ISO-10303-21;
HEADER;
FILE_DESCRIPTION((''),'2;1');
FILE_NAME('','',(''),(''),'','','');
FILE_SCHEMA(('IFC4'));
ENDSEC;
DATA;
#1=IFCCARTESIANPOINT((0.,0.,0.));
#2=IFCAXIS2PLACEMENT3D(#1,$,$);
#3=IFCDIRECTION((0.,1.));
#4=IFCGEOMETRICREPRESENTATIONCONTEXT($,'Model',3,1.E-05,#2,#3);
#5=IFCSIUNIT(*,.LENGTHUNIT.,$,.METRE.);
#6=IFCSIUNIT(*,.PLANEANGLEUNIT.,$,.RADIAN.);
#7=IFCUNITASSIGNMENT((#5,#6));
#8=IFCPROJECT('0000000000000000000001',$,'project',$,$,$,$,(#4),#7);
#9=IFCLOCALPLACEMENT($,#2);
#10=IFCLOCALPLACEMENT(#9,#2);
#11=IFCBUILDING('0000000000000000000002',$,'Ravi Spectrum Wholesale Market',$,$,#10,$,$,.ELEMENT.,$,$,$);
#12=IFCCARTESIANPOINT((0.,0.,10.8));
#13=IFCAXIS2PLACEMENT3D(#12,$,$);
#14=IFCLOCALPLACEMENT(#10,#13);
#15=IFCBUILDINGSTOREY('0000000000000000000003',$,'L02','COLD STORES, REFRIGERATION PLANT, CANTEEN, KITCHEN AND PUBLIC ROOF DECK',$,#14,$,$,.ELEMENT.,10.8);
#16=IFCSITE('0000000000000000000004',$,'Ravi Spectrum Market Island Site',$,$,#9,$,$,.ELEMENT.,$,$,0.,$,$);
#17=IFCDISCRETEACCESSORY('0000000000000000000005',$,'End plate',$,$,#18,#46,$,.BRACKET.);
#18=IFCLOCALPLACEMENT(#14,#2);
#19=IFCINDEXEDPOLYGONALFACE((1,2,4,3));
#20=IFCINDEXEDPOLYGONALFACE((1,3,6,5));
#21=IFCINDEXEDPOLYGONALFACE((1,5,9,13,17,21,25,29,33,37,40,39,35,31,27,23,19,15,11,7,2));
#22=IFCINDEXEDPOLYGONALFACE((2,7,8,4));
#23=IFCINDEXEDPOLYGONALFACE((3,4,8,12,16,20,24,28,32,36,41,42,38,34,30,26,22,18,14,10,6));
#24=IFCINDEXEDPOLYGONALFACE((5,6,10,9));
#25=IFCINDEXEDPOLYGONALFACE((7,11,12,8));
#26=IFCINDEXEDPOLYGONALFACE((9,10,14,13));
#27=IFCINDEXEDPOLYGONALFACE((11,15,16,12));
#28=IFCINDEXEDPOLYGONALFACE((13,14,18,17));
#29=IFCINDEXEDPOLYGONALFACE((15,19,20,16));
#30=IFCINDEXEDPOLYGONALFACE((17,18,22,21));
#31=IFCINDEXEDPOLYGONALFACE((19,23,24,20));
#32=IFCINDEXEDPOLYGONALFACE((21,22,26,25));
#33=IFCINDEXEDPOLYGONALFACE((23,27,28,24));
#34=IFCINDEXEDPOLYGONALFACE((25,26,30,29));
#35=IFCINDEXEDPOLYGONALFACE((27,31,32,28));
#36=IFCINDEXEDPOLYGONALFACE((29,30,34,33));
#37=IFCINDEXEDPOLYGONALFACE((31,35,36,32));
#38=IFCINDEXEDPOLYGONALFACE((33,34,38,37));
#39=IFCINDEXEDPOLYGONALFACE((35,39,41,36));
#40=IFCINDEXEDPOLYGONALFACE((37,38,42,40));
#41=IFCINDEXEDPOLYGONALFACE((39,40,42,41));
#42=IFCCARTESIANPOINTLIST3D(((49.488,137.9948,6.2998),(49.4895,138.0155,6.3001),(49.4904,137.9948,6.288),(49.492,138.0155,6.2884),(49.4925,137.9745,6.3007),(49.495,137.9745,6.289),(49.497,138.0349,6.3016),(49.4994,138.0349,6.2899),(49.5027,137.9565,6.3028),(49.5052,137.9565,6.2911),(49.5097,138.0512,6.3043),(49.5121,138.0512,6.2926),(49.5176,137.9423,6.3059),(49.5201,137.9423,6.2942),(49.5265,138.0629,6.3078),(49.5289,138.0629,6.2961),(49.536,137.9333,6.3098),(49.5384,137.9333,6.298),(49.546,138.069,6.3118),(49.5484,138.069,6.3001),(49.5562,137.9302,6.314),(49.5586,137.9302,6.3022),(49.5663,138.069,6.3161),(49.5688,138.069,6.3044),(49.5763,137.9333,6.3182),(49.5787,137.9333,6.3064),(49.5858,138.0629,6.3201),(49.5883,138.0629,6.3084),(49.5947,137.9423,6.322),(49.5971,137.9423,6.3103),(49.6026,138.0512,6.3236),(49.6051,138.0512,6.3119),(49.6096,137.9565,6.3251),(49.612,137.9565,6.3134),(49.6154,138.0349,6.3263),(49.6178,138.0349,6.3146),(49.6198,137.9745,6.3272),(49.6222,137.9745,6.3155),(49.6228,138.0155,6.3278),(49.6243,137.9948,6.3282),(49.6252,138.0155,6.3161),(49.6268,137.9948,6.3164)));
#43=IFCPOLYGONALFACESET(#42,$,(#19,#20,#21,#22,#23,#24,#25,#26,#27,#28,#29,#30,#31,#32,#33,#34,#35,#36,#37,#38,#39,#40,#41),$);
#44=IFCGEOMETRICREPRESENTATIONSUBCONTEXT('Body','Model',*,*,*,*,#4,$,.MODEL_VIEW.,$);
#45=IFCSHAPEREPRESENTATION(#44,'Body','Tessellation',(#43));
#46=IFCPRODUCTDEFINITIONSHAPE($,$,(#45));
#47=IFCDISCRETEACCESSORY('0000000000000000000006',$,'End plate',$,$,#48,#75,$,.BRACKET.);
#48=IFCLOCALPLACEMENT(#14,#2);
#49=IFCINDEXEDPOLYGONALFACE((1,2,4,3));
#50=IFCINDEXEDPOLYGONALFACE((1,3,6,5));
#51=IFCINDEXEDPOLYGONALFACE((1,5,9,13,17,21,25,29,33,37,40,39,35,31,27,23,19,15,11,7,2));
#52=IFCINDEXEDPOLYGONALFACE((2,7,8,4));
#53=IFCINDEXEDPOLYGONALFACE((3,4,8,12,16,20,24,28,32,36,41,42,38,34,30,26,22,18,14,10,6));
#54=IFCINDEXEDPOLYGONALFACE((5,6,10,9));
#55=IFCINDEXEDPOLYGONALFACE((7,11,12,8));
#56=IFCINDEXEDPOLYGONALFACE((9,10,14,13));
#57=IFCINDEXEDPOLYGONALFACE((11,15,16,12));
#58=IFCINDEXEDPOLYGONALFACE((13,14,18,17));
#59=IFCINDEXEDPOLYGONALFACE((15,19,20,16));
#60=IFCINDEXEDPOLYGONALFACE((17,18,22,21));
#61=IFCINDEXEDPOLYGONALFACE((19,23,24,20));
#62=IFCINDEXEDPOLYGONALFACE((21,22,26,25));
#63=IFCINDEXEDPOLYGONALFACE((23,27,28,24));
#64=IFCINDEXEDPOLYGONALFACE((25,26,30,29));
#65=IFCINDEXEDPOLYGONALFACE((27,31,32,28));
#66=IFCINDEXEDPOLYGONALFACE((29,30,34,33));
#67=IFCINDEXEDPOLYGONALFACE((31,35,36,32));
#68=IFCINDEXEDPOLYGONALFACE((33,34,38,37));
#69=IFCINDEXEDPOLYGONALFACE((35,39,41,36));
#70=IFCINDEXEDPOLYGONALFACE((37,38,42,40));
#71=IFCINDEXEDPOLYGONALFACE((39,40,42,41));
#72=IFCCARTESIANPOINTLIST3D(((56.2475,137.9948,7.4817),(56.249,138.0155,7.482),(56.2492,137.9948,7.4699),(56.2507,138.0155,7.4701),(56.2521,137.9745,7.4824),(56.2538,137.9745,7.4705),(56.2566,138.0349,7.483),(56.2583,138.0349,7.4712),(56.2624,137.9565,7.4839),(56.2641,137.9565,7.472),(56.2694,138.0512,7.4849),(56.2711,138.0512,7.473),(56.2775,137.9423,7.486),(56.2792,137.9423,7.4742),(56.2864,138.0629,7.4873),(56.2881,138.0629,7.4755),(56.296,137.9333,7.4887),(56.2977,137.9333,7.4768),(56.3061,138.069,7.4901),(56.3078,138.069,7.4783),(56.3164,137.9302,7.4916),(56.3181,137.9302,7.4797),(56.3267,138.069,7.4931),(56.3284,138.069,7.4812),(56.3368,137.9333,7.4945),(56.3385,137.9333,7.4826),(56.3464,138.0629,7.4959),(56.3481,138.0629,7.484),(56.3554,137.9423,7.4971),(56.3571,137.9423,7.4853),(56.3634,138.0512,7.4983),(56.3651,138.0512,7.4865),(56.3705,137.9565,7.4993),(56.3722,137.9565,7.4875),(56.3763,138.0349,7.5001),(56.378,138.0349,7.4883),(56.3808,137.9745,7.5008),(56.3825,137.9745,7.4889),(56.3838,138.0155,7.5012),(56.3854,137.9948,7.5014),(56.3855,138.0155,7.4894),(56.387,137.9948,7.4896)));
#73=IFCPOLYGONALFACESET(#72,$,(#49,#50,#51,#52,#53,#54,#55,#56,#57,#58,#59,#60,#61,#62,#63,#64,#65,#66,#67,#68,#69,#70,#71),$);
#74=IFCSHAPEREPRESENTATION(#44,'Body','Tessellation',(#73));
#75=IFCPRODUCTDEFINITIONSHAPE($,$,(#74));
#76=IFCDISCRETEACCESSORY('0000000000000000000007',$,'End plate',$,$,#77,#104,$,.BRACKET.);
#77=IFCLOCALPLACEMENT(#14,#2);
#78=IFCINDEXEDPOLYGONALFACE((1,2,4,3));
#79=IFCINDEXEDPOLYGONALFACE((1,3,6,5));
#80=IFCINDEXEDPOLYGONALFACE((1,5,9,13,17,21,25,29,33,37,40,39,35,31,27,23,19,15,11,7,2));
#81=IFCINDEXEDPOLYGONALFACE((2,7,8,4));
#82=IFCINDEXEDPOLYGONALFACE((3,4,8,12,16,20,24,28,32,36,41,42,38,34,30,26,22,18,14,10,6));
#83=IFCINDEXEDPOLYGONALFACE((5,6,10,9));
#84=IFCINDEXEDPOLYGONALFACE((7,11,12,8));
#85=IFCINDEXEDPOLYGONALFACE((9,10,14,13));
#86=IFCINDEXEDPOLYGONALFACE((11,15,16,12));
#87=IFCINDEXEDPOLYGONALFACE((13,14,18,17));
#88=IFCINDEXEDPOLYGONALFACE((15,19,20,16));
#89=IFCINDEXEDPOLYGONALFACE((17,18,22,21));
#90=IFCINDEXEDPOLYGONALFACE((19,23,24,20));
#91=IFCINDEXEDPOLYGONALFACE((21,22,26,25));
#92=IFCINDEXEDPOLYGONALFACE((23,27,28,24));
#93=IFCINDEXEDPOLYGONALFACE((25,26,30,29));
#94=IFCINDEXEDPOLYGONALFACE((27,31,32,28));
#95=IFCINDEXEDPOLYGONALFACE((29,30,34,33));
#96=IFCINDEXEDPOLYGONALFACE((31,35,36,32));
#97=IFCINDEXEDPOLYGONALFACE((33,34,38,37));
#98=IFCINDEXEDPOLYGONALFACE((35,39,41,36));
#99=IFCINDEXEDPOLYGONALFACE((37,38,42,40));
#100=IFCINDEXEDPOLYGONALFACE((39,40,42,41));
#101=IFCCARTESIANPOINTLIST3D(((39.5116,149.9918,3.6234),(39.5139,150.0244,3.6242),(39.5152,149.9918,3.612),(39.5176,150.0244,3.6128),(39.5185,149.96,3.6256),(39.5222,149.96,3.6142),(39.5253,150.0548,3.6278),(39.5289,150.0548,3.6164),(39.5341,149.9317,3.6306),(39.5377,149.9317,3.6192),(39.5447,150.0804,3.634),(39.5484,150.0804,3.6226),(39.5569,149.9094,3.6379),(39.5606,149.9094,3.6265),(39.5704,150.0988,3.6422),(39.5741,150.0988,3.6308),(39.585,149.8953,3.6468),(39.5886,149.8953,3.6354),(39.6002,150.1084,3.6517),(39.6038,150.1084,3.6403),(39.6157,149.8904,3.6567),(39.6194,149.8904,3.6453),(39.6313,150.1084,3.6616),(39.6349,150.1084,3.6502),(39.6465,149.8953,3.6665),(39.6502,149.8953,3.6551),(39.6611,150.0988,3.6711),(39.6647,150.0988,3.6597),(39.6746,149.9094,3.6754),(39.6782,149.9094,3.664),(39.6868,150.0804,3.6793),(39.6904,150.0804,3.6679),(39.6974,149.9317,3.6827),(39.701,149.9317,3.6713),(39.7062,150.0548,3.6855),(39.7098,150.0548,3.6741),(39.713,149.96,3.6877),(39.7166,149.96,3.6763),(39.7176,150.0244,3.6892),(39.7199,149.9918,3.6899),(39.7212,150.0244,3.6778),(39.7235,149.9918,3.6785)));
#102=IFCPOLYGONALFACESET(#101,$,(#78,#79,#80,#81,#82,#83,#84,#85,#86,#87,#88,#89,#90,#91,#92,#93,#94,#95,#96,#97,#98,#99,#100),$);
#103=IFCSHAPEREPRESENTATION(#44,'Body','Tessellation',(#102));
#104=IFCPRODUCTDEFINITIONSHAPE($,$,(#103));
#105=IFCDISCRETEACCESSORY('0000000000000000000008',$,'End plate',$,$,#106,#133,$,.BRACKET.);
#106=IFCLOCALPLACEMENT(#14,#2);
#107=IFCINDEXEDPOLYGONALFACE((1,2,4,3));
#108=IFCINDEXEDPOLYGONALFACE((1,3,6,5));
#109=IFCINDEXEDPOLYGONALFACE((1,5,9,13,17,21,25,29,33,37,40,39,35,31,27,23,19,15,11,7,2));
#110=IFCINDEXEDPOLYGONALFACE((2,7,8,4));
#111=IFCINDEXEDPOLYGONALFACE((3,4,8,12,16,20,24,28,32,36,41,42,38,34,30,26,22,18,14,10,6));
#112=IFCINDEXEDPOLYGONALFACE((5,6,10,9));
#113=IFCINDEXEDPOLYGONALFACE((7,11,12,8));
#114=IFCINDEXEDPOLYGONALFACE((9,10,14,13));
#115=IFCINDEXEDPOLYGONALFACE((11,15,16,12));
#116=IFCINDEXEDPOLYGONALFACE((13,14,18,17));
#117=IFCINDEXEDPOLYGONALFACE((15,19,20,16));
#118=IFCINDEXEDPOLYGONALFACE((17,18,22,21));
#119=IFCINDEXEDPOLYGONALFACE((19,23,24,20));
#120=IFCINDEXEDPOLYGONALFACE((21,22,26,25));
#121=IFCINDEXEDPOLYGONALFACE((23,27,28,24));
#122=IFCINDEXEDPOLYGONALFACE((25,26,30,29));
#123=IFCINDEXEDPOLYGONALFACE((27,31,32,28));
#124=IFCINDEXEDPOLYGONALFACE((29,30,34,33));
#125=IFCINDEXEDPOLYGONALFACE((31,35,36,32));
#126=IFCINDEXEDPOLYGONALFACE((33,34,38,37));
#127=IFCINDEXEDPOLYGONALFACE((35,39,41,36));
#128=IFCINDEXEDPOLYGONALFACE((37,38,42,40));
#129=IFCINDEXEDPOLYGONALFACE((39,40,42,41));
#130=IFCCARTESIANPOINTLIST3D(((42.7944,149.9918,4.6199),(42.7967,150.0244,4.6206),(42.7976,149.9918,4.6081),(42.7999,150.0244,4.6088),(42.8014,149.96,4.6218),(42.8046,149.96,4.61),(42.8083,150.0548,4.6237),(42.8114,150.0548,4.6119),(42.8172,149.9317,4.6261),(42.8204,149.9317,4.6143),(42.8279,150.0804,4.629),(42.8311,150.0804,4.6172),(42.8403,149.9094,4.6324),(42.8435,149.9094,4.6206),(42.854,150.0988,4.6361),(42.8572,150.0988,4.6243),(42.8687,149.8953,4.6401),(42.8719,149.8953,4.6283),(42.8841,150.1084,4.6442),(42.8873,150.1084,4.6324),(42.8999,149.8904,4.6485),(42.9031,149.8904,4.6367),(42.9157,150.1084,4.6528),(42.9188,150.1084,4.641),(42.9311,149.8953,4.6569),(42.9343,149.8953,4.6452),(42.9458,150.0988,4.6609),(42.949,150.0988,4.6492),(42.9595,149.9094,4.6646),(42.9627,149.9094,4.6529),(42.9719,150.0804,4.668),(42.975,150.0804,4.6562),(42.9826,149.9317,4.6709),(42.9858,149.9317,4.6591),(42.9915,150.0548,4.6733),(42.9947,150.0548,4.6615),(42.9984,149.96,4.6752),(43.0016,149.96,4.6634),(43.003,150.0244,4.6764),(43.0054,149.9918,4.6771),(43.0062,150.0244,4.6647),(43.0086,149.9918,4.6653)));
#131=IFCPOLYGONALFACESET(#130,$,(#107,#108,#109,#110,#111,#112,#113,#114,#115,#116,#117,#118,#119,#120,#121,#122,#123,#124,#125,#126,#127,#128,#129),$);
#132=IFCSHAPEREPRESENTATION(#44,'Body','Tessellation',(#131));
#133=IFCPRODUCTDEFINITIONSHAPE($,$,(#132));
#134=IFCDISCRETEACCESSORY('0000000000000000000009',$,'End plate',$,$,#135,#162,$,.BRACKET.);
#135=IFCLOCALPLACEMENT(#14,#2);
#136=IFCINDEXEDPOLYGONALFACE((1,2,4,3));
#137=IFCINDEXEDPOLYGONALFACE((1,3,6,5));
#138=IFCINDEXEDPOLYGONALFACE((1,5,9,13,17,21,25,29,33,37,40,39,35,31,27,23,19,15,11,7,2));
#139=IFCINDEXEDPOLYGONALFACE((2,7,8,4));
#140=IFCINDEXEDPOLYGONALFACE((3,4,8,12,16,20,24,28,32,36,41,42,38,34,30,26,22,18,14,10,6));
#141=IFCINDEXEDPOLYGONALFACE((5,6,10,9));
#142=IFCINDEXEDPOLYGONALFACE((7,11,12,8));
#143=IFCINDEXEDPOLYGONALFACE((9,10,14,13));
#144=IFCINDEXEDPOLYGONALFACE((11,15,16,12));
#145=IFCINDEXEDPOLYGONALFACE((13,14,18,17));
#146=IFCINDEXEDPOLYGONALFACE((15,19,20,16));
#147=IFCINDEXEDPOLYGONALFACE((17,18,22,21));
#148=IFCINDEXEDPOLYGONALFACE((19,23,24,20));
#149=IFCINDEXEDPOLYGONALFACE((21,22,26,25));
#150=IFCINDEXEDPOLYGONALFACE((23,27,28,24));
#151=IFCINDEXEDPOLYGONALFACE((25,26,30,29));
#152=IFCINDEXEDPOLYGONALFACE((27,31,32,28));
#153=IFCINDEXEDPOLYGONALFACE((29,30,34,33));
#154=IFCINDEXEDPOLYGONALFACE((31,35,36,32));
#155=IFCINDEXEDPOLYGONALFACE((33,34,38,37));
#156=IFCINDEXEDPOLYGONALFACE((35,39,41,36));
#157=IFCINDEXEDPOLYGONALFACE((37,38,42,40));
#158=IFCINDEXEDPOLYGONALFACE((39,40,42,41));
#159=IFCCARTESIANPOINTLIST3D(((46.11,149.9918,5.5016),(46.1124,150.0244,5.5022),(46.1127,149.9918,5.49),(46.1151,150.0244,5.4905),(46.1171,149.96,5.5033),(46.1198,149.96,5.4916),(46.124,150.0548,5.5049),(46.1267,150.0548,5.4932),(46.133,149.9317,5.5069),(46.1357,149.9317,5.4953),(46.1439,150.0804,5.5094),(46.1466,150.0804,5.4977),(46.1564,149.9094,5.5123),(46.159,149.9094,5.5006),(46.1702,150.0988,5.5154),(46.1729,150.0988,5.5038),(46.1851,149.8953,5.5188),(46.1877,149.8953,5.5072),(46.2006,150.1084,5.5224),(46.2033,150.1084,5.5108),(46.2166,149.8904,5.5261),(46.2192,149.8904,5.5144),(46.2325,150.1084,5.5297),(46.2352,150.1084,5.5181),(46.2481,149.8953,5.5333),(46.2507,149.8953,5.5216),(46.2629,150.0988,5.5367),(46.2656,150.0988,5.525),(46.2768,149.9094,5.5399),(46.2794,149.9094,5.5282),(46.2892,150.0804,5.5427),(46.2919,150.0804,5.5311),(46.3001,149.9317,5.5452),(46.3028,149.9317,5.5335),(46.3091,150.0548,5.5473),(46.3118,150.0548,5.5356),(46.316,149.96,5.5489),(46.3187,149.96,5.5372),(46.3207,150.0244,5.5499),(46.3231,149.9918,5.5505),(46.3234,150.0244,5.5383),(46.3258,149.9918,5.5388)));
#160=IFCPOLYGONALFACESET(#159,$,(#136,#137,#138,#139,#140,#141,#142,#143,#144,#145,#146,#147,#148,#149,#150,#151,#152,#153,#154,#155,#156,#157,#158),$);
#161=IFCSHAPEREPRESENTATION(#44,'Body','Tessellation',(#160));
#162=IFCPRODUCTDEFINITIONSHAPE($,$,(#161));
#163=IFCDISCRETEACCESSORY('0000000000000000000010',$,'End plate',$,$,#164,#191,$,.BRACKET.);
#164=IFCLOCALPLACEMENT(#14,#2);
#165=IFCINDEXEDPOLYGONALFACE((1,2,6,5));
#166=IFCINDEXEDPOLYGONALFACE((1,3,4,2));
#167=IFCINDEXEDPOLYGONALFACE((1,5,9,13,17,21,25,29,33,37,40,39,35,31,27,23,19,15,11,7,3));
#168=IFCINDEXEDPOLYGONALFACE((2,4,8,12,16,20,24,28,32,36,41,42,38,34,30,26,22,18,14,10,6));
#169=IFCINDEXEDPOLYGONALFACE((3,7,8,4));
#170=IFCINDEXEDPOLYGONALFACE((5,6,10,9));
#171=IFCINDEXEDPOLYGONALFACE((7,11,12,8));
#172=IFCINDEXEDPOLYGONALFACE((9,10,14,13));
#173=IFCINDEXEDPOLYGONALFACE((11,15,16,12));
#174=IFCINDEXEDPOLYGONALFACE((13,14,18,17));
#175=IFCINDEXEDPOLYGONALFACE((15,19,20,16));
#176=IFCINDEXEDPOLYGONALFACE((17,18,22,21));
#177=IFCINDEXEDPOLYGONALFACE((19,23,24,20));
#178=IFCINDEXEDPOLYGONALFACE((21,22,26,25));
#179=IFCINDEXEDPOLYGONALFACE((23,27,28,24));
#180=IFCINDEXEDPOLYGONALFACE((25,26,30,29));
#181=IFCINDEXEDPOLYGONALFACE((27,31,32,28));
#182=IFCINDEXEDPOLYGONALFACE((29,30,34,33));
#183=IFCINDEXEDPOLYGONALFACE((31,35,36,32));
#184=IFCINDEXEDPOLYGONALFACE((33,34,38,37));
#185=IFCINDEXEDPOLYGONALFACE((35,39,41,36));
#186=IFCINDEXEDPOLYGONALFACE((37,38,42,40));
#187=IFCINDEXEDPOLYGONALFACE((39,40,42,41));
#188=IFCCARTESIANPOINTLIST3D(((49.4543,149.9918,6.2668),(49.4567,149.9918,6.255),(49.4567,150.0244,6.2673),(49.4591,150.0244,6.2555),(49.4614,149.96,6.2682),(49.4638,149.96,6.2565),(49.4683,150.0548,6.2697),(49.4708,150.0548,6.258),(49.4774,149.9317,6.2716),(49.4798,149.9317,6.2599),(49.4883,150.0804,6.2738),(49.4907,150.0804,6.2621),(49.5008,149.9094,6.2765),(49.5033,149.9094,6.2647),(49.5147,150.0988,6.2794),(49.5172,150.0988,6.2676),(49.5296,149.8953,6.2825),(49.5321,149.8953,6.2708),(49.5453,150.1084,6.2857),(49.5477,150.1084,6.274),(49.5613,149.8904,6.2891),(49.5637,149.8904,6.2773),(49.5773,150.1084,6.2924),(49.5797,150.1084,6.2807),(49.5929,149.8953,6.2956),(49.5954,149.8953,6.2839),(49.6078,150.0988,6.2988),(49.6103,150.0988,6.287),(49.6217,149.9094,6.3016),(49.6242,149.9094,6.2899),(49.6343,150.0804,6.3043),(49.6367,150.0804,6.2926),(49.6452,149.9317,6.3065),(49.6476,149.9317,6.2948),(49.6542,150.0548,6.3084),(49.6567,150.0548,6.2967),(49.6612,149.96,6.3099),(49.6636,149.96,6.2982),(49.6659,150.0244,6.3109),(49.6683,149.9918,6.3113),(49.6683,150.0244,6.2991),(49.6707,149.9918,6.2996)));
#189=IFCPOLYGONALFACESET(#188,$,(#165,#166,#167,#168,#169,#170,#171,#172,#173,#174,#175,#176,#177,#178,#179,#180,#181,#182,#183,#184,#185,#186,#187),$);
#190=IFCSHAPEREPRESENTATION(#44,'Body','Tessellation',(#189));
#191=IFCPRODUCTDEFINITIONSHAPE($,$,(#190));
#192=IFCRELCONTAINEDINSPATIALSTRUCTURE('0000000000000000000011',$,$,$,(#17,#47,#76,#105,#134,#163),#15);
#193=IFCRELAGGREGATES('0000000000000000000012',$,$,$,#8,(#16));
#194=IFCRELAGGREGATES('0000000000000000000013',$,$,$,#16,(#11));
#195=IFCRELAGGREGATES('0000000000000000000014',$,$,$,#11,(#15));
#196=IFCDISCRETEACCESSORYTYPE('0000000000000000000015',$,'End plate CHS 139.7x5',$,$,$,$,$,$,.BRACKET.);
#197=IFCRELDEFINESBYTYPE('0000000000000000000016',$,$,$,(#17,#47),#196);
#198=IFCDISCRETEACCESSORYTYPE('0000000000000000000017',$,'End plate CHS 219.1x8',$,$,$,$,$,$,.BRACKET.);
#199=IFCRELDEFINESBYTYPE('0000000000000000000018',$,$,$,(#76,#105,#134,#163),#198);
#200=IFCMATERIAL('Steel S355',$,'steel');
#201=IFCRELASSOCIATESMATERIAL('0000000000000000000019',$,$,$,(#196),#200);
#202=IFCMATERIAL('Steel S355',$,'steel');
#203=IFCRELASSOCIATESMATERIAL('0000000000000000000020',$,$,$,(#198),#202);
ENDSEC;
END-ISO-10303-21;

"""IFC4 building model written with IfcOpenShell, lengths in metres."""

from ifc_helpers import new_model, si_unit, direction, frame, origin, origin_2d, place, context, subcontext, project, spatial, circle, extrude, material, material_profile, profile_set, type_object, element, save


model = new_model("IFC4")

# Units and contexts
model_context = context("Model", 3, precision=1e-05, world=origin(), true_north=direction((0.0, 1.0)))
body_context = subcontext(model_context, "Body", "Model", "MODEL_VIEW")
ifc_project = project(units=[si_unit("LENGTHUNIT", "METRE"), si_unit("PLANEANGLEUNIT", "RADIAN")], contexts=[model_context])

# Site, building, storey
site_placement = place(None, origin())
site = spatial("IfcSite", under=ifc_project, at=site_placement, Name="Ravi Spectrum Market Island Site", CompositionType="ELEMENT", RefElevation=0.0)
building_placement = place(site_placement, origin())
building = spatial("IfcBuilding", under=site, at=building_placement, Name="Ravi Spectrum Wholesale Market", CompositionType="ELEMENT")
storey_placement = place(building_placement, frame((0.0, 0.0, 10.8)))
storey = spatial("IfcBuildingStorey", under=building, at=storey_placement, Name="L02", Description="COLD STORES, REFRIGERATION PLANT, CANTEEN, KITCHEN AND PUBLIC ROOF DECK", CompositionType="ELEMENT", Elevation=10.8)

# Discrete accessories
ifc_material_1 = material(Name="Steel S355", Category="steel")
ifc_material_profile_1 = material_profile(ifc_material_1, circle(Radius=0.0698, at=origin_2d()))
ifc_profile_set_1 = profile_set([ifc_material_profile_1], Name="Steel S355")
discrete_accessory_type_1 = type_object("IfcDiscreteAccessoryType", Name="End plate CHS 139.7x5", PredefinedType="BRACKET", material=ifc_profile_set_1)
for number, where, z_axis, x_axis, name in (
    (1, (49.5586, 138.0, 6.3022), (-0.203954, 0.0, 0.97898), (0.0, -1.0, 0.0), "End plate"),
    (2, (56.3181, 138.0, 7.4797), (-0.141421, 0.0, 0.989949), (0.0, -1.0, 0.0), "End plate"),
):
    element("IfcDiscreteAccessory", number, at=place(storey_placement, frame(where, z_axis=z_axis, x_axis=x_axis)), inside=storey, type_object=discrete_accessory_type_1, Name=name, PredefinedType="BRACKET", context=body_context, shape_type="SweptSolid", body=[
        extrude(circle(Radius=0.0698, at=origin_2d()), origin(), (0.0, 0.0, 1.0), 0.012),
    ])
ifc_material_2 = material(Name="Steel S355", Category="steel")
ifc_material_profile_2 = material_profile(ifc_material_2, circle(Radius=0.1096, at=origin_2d()))
ifc_profile_set_2 = profile_set([ifc_material_profile_2], Name="Steel S355")
discrete_accessory_type_2 = type_object("IfcDiscreteAccessoryType", Name="End plate CHS 219.1x8", PredefinedType="BRACKET", material=ifc_profile_set_2)
discrete_accessory_1_placement = place(storey_placement, frame((39.6194, 150.0, 3.6453), z_axis=(-0.30404, 0.0, 0.952659), x_axis=(0.0, -1.0, 0.0)))
element("IfcDiscreteAccessory", 3, at=discrete_accessory_1_placement, inside=storey, type_object=discrete_accessory_type_2, Name="End plate", PredefinedType="BRACKET", context=body_context, shape_type="SweptSolid", body=[
    extrude(circle(Radius=0.1096, at=origin_2d()), origin(), (0.0, 0.0, 1.0), 0.012),
])
discrete_accessory_2_placement = place(storey_placement, frame((42.9031, 150.0, 4.6367), z_axis=(-0.261415, 0.0, 0.965226), x_axis=(0.0, -1.0, 0.0)))
element("IfcDiscreteAccessory", 4, at=discrete_accessory_2_placement, inside=storey, type_object=discrete_accessory_type_2, Name="End plate", PredefinedType="BRACKET", context=body_context, shape_type="SweptSolid", body=[
    extrude(circle(Radius=0.1096, at=origin_2d()), origin(), (0.0, 0.0, 1.0), 0.0122),
])
for number, where, z_axis, x_axis, name in (
    (5, (46.2192, 150.0, 5.5144), (-0.223376, 0.0, 0.974732), (0.0, -1.0, 0.0), "End plate"),
    (6, (49.5637, 150.0, 6.2773), (-0.203954, 0.0, 0.97898), (0.0, -1.0, 0.0), "End plate"),
):
    element("IfcDiscreteAccessory", number, at=place(storey_placement, frame(where, z_axis=z_axis, x_axis=x_axis)), inside=storey, type_object=discrete_accessory_type_2, Name=name, PredefinedType="BRACKET", context=body_context, shape_type="SweptSolid", body=[
        extrude(circle(Radius=0.1096, at=origin_2d()), origin(), (0.0, 0.0, 1.0), 0.012),
    ])

save(model, "model.ifc")
